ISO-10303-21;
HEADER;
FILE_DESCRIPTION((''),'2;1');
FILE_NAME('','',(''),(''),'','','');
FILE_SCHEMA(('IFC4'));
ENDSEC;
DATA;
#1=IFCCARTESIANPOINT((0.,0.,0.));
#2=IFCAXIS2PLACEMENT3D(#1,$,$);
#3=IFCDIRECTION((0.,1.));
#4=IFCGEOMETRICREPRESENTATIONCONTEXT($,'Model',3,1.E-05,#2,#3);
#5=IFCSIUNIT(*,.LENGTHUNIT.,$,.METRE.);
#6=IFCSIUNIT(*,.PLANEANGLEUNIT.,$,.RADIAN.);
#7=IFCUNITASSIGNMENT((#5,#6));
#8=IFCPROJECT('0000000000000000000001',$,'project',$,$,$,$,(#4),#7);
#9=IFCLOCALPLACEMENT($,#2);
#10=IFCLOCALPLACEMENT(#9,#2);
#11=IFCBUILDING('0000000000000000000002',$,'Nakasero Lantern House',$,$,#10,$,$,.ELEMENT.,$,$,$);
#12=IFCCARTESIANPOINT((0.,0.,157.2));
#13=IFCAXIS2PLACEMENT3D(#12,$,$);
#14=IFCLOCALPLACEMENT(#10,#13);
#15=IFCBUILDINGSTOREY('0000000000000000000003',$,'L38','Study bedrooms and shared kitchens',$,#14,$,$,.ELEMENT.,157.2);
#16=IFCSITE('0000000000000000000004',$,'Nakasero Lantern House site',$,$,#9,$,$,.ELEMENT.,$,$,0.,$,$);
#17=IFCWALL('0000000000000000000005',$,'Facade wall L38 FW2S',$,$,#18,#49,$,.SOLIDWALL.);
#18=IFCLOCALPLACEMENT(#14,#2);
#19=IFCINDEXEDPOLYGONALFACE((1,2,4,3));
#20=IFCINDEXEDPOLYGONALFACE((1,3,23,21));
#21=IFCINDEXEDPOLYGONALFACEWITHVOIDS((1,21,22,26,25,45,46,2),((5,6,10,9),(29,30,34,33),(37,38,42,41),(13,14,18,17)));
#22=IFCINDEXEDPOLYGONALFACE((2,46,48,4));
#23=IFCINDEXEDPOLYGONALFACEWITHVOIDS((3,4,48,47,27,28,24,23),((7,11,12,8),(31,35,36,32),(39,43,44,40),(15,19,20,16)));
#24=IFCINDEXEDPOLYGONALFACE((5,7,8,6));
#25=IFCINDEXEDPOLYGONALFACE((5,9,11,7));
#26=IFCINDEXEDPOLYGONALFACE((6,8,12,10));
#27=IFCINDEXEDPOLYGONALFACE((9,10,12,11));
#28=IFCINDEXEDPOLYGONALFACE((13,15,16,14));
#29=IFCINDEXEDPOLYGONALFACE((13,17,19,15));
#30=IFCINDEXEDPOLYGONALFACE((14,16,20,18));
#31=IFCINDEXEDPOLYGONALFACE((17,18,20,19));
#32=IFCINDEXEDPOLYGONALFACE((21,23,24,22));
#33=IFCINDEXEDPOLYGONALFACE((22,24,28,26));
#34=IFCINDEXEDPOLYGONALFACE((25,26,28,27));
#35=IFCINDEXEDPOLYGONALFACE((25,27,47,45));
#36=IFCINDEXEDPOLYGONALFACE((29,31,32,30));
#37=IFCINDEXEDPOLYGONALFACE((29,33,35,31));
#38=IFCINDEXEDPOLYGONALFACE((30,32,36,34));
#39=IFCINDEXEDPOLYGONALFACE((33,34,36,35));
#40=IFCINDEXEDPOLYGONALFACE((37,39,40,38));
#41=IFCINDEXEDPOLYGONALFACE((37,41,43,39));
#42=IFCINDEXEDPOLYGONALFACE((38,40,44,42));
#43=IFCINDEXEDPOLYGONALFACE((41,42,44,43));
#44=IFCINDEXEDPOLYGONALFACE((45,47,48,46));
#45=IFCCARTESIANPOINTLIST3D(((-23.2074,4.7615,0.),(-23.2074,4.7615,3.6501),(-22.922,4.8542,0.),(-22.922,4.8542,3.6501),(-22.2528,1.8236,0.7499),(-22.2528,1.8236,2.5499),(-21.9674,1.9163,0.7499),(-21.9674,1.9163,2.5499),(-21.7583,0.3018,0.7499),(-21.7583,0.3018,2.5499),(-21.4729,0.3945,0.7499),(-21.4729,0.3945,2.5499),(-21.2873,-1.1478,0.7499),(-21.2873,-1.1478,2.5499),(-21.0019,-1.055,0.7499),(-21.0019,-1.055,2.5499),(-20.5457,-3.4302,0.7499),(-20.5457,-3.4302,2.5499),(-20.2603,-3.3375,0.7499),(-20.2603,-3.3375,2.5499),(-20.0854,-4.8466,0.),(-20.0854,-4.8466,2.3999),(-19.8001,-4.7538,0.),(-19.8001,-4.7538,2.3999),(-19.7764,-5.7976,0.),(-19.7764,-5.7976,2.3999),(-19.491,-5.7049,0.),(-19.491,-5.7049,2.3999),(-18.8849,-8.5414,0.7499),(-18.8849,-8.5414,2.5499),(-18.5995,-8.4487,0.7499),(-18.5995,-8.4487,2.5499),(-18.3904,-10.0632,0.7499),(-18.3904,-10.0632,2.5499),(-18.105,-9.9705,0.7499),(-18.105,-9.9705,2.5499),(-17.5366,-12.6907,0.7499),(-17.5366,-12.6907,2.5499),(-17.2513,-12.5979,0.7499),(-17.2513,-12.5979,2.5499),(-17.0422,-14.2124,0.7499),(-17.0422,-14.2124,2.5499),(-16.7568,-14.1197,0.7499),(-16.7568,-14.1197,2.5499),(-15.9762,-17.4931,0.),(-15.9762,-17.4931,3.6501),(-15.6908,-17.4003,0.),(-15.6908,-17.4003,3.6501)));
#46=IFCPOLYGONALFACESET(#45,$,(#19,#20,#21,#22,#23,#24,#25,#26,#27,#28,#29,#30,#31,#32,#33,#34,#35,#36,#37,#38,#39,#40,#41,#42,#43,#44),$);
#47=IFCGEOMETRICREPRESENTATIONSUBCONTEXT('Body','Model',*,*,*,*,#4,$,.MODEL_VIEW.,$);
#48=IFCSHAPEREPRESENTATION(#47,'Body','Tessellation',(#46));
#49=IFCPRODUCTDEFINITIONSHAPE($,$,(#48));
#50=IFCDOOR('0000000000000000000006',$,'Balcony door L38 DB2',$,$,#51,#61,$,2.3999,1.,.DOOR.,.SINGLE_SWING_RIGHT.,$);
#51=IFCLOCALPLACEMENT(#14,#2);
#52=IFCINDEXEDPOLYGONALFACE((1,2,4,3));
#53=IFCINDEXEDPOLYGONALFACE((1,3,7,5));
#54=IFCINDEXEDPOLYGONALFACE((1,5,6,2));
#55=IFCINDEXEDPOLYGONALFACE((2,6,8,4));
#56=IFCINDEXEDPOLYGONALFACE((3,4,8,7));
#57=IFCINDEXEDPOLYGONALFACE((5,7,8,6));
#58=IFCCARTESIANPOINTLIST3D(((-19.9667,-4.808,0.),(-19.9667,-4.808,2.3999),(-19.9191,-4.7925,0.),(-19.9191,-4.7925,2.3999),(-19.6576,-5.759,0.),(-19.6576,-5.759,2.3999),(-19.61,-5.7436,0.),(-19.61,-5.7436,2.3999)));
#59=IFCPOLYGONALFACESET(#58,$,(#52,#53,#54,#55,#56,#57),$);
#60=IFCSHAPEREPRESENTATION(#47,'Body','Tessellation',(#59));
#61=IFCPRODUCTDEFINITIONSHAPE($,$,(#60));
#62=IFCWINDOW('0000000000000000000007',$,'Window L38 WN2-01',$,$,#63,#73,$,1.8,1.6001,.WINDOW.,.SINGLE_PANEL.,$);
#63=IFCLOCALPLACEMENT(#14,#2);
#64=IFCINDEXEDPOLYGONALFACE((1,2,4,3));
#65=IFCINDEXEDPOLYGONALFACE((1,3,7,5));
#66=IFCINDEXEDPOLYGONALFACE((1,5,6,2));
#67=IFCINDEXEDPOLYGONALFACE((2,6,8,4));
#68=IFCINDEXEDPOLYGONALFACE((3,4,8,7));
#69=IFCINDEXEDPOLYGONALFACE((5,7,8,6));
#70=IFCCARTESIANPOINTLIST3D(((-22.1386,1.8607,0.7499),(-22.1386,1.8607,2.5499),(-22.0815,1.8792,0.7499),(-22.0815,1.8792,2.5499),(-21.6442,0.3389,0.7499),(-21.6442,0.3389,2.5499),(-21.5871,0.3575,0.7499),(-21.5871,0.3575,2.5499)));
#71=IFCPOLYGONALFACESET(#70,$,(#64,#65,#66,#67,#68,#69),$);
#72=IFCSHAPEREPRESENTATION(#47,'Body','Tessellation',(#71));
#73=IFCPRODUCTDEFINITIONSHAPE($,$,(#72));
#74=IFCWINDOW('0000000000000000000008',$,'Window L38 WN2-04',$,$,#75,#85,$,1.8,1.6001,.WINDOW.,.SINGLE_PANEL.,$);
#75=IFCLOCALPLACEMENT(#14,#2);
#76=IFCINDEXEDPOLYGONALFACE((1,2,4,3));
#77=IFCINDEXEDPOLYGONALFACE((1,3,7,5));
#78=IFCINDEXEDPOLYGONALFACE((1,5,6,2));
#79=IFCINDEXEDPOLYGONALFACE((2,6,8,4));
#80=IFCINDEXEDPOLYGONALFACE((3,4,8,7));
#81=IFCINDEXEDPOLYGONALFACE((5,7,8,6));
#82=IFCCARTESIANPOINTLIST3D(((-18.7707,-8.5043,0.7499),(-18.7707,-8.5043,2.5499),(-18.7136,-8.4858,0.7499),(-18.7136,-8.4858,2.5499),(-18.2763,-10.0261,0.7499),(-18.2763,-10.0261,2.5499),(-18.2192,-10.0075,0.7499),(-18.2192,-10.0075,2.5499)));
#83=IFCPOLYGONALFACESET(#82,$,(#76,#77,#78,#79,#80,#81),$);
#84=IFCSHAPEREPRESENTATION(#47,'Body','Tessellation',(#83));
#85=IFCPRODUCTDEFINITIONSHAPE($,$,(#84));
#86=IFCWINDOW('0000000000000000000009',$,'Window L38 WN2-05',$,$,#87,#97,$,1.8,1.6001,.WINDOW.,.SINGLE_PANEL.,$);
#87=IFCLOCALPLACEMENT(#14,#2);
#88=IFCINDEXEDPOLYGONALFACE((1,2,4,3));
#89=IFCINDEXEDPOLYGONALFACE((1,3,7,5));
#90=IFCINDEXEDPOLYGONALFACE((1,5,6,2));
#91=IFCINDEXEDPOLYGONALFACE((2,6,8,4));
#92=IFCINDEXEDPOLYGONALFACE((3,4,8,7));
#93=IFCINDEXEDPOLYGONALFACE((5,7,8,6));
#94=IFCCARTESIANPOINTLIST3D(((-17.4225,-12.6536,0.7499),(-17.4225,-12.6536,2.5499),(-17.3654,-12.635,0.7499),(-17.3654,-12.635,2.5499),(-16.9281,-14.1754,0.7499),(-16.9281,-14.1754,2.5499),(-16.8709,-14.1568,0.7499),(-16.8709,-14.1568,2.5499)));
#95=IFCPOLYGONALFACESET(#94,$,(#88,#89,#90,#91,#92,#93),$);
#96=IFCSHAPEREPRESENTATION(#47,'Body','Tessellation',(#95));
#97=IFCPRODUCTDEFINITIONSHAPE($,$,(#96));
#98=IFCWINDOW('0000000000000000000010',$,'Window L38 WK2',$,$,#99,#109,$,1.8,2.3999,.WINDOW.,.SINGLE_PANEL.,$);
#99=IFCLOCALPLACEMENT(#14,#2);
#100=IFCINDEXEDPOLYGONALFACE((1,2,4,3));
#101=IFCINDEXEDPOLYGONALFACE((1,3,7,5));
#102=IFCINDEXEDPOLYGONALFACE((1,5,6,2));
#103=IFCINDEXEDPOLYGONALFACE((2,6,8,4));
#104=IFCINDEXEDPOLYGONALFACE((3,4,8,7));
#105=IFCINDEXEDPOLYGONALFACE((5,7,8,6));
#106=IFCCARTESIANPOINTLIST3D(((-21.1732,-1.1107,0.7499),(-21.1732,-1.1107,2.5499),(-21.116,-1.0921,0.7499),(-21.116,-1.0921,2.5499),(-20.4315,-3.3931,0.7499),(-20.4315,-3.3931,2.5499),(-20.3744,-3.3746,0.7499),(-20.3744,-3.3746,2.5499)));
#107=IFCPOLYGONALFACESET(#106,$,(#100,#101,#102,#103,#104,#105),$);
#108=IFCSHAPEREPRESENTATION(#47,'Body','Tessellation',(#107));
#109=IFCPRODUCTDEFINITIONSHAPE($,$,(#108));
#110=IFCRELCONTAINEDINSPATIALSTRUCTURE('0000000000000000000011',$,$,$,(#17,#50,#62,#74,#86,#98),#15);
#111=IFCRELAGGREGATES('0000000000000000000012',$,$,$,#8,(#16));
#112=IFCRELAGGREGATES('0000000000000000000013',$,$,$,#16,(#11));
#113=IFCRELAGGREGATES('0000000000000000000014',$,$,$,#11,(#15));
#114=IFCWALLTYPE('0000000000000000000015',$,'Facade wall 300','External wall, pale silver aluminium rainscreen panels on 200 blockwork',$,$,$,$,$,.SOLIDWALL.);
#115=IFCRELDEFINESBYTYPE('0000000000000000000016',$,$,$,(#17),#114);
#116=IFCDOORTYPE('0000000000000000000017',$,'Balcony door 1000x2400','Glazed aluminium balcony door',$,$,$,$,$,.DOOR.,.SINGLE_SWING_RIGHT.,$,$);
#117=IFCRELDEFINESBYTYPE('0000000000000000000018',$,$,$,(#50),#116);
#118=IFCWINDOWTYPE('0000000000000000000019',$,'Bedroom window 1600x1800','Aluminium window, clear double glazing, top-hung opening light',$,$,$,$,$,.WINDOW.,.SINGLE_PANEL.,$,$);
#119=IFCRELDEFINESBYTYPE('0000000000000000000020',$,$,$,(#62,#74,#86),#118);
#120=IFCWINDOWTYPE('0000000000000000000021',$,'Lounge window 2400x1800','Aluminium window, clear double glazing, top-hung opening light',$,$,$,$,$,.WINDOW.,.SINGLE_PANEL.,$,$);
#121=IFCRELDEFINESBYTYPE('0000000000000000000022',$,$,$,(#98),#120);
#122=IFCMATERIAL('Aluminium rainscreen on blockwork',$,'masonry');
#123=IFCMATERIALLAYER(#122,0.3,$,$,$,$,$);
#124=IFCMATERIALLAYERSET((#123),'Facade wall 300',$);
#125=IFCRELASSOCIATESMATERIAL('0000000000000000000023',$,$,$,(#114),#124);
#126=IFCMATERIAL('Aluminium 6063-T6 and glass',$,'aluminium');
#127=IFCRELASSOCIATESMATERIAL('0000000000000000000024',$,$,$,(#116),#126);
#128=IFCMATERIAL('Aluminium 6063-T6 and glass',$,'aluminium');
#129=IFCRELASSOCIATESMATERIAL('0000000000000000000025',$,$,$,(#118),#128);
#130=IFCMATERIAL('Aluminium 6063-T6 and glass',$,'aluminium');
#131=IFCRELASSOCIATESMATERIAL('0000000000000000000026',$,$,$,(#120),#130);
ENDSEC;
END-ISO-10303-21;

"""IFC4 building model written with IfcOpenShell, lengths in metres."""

from ifc_helpers import new_model, si_unit, direction, frame, frame_2d, origin, place, context, subcontext, project, spatial, rectangle, extrude, material, layer, layer_set, type_object, element, fill, save


model = new_model("IFC4")

# Units and contexts
model_context = context("Model", 3, precision=1e-05, world=origin(), true_north=direction((0.0, 1.0)))
body_context = subcontext(model_context, "Body", "Model", "MODEL_VIEW")
ifc_project = project(units=[si_unit("LENGTHUNIT", "METRE"), si_unit("PLANEANGLEUNIT", "RADIAN")], contexts=[model_context])

# Site, building, storey
site_placement = place(None, origin())
site = spatial("IfcSite", under=ifc_project, at=site_placement, Name="Nakasero Lantern House site", CompositionType="ELEMENT", RefElevation=0.0)
building_placement = place(site_placement, origin())
building = spatial("IfcBuilding", under=site, at=building_placement, Name="Nakasero Lantern House", CompositionType="ELEMENT")
storey_placement = place(building_placement, frame((0.0, 0.0, 157.2)))
storey = spatial("IfcBuildingStorey", under=building, at=storey_placement, Name="L38", Description="Study bedrooms and shared kitchens", CompositionType="ELEMENT", Elevation=157.2)

# Wall, openings, door, windows
ifc_material_1 = material(Name="Aluminium rainscreen on blockwork", Category="masonry")
ifc_layer_1 = layer(ifc_material_1, 0.3)
ifc_layer_set_1 = layer_set([ifc_layer_1], Name="Facade wall 300")
wall_type_1 = type_object("IfcWallType", Name="Facade wall 300", Description="External wall, pale silver aluminium rainscreen panels on 200 blockwork", PredefinedType="SOLIDWALL", material=ifc_layer_set_1)
wall_1_placement = place(storey_placement, frame((-23.0647, 4.8079, 0.0), z_axis=(0.0, 0.0, 1.0), x_axis=(0.309026, -0.951054, 0.0)))
wall_1 = element("IfcWall", 1, at=wall_1_placement, inside=storey, type_object=wall_type_1, Name="Facade wall L38 FW2S", PredefinedType="SOLIDWALL", context=body_context, shape_type="SweptSolid", body=[
    extrude(rectangle(XDim=23.3999, YDim=0.3, at=frame_2d((11.7, 0.0))), origin(), (0.0, 0.0, 1.0), 3.6501),
])
opening_1_placement = place(wall_1_placement, frame((3.0891, 0.0, 0.75)))
opening_1 = element("IfcOpeningElement", 2, at=opening_1_placement, cuts=wall_1, PredefinedType="OPENING", context=body_context, shape_type="SweptSolid", body=[
    extrude(rectangle(XDim=1.6001, YDim=1.8, at=frame_2d((0.8, 0.8999))), frame((0.0, 0.1699, 0.0), z_axis=(0.0, -1.0, 0.0), x_axis=(1.0, 0.0, 0.0)), (0.0, 0.0, 1.0), 0.3401),
])
opening_2_placement = place(wall_1_placement, frame((13.9875, 0.0, 0.75)))
opening_2 = element("IfcOpeningElement", 3, at=opening_2_placement, cuts=wall_1, PredefinedType="OPENING", context=body_context, shape_type="SweptSolid", body=[
    extrude(rectangle(XDim=1.6001, YDim=1.8, at=frame_2d((0.8, 0.8999))), frame((0.0, 0.1699, 0.0), z_axis=(0.0, -1.0, 0.0), x_axis=(1.0, 0.0, 0.0)), (0.0, 0.0, 1.0), 0.3401),
])
opening_3_placement = place(wall_1_placement, frame((18.3503, 0.0, 0.75)))
opening_3 = element("IfcOpeningElement", 4, at=opening_3_placement, cuts=wall_1, PredefinedType="OPENING", context=body_context, shape_type="SweptSolid", body=[
    extrude(rectangle(XDim=1.6001, YDim=1.8, at=frame_2d((0.8, 0.8999))), frame((0.0, 0.1699, 0.0), z_axis=(0.0, -1.0, 0.0), x_axis=(1.0, 0.0, 0.0)), (0.0, 0.0, 1.0), 0.3401),
])
opening_4_placement = place(wall_1_placement, frame((6.2134, 0.0, 0.75)))
opening_4 = element("IfcOpeningElement", 5, at=opening_4_placement, cuts=wall_1, PredefinedType="OPENING", context=body_context, shape_type="SweptSolid", body=[
    extrude(rectangle(XDim=2.3999, YDim=1.8, at=frame_2d((1.2, 0.8999))), frame((0.0, 0.1699, 0.0), z_axis=(0.0, -1.0, 0.0), x_axis=(1.0, 0.0, 0.0)), (0.0, 0.0, 1.0), 0.3401),
])
opening_5_placement = place(wall_1_placement, frame((10.1025, 0.0, 0.0)))
opening_5 = element("IfcOpeningElement", 6, at=opening_5_placement, cuts=wall_1, PredefinedType="OPENING", context=body_context, shape_type="SweptSolid", body=[
    extrude(rectangle(XDim=1.0, YDim=2.3999, at=frame_2d((0.5, 1.2))), frame((0.0, 0.1699, 0.0), z_axis=(0.0, -1.0, 0.0), x_axis=(1.0, 0.0, 0.0)), (0.0, 0.0, 1.0), 0.3401),
])
ifc_material_2 = material(Name="Aluminium 6063-T6 and glass", Category="aluminium")
door_type_1 = type_object("IfcDoorType", Name="Balcony door 1000x2400", Description="Glazed aluminium balcony door", OperationType="SINGLE_SWING_RIGHT", PredefinedType="DOOR", material=ifc_material_2)
door_1_placement = place(opening_5_placement, origin())
door_1 = element("IfcDoor", 7, at=door_1_placement, inside=storey, type_object=door_type_1, Name="Balcony door L38 DB2", OperationType="SINGLE_SWING_RIGHT", OverallHeight=2.3999, OverallWidth=1.0, PredefinedType="DOOR", context=body_context, shape_type="SweptSolid", body=[
    extrude(rectangle(XDim=1.0, YDim=2.3999, at=frame_2d((0.5, 1.2))), frame((0.0, 0.0249, 0.0), z_axis=(0.0, -1.0, 0.0), x_axis=(1.0, 0.0, 0.0)), (0.0, 0.0, 1.0), 0.05),
])
fill(opening_5, door_1)
ifc_material_3 = material(Name="Aluminium 6063-T6 and glass", Category="aluminium")
window_type_1 = type_object("IfcWindowType", Name="Bedroom window 1600x1800", Description="Aluminium window, clear double glazing, top-hung opening light", PartitioningType="SINGLE_PANEL", PredefinedType="WINDOW", material=ifc_material_3)
window_1_placement = place(opening_1_placement, origin())
window_1 = element("IfcWindow", 8, at=window_1_placement, inside=storey, type_object=window_type_1, Name="Window L38 WN2-01", OverallHeight=1.8, OverallWidth=1.6001, PartitioningType="SINGLE_PANEL", PredefinedType="WINDOW", context=body_context, shape_type="SweptSolid", body=[
    extrude(rectangle(XDim=1.6001, YDim=1.8, at=frame_2d((0.8, 0.8999))), frame((0.0, 0.03, 0.0), z_axis=(0.0, -1.0, 0.0), x_axis=(1.0, 0.0, 0.0)), (0.0, 0.0, 1.0), 0.0601),
])
fill(opening_1, window_1)
window_2_placement = place(opening_2_placement, origin())
window_2 = element("IfcWindow", 9, at=window_2_placement, inside=storey, type_object=window_type_1, Name="Window L38 WN2-04", OverallHeight=1.8, OverallWidth=1.6001, PartitioningType="SINGLE_PANEL", PredefinedType="WINDOW", context=body_context, shape_type="SweptSolid", body=[
    extrude(rectangle(XDim=1.6001, YDim=1.8, at=frame_2d((0.8, 0.8999))), frame((0.0, 0.03, 0.0), z_axis=(0.0, -1.0, 0.0), x_axis=(1.0, 0.0, 0.0)), (0.0, 0.0, 1.0), 0.0601),
])
fill(opening_2, window_2)
window_3_placement = place(opening_3_placement, origin())
window_3 = element("IfcWindow", 10, at=window_3_placement, inside=storey, type_object=window_type_1, Name="Window L38 WN2-05", OverallHeight=1.8, OverallWidth=1.6001, PartitioningType="SINGLE_PANEL", PredefinedType="WINDOW", context=body_context, shape_type="SweptSolid", body=[
    extrude(rectangle(XDim=1.6001, YDim=1.8, at=frame_2d((0.8, 0.8999))), frame((0.0, 0.03, 0.0), z_axis=(0.0, -1.0, 0.0), x_axis=(1.0, 0.0, 0.0)), (0.0, 0.0, 1.0), 0.0601),
])
fill(opening_3, window_3)
ifc_material_4 = material(Name="Aluminium 6063-T6 and glass", Category="aluminium")
window_type_2 = type_object("IfcWindowType", Name="Lounge window 2400x1800", Description="Aluminium window, clear double glazing, top-hung opening light", PartitioningType="SINGLE_PANEL", PredefinedType="WINDOW", material=ifc_material_4)
window_4_placement = place(opening_4_placement, origin())
window_4 = element("IfcWindow", 11, at=window_4_placement, inside=storey, type_object=window_type_2, Name="Window L38 WK2", OverallHeight=1.8, OverallWidth=2.3999, PartitioningType="SINGLE_PANEL", PredefinedType="WINDOW", context=body_context, shape_type="SweptSolid", body=[
    extrude(rectangle(XDim=2.3999, YDim=1.8, at=frame_2d((1.2, 0.8999))), frame((0.0, 0.03, 0.0), z_axis=(0.0, -1.0, 0.0), x_axis=(1.0, 0.0, 0.0)), (0.0, 0.0, 1.0), 0.0601),
])
fill(opening_4, window_4)

save(model, "model.ifc")
